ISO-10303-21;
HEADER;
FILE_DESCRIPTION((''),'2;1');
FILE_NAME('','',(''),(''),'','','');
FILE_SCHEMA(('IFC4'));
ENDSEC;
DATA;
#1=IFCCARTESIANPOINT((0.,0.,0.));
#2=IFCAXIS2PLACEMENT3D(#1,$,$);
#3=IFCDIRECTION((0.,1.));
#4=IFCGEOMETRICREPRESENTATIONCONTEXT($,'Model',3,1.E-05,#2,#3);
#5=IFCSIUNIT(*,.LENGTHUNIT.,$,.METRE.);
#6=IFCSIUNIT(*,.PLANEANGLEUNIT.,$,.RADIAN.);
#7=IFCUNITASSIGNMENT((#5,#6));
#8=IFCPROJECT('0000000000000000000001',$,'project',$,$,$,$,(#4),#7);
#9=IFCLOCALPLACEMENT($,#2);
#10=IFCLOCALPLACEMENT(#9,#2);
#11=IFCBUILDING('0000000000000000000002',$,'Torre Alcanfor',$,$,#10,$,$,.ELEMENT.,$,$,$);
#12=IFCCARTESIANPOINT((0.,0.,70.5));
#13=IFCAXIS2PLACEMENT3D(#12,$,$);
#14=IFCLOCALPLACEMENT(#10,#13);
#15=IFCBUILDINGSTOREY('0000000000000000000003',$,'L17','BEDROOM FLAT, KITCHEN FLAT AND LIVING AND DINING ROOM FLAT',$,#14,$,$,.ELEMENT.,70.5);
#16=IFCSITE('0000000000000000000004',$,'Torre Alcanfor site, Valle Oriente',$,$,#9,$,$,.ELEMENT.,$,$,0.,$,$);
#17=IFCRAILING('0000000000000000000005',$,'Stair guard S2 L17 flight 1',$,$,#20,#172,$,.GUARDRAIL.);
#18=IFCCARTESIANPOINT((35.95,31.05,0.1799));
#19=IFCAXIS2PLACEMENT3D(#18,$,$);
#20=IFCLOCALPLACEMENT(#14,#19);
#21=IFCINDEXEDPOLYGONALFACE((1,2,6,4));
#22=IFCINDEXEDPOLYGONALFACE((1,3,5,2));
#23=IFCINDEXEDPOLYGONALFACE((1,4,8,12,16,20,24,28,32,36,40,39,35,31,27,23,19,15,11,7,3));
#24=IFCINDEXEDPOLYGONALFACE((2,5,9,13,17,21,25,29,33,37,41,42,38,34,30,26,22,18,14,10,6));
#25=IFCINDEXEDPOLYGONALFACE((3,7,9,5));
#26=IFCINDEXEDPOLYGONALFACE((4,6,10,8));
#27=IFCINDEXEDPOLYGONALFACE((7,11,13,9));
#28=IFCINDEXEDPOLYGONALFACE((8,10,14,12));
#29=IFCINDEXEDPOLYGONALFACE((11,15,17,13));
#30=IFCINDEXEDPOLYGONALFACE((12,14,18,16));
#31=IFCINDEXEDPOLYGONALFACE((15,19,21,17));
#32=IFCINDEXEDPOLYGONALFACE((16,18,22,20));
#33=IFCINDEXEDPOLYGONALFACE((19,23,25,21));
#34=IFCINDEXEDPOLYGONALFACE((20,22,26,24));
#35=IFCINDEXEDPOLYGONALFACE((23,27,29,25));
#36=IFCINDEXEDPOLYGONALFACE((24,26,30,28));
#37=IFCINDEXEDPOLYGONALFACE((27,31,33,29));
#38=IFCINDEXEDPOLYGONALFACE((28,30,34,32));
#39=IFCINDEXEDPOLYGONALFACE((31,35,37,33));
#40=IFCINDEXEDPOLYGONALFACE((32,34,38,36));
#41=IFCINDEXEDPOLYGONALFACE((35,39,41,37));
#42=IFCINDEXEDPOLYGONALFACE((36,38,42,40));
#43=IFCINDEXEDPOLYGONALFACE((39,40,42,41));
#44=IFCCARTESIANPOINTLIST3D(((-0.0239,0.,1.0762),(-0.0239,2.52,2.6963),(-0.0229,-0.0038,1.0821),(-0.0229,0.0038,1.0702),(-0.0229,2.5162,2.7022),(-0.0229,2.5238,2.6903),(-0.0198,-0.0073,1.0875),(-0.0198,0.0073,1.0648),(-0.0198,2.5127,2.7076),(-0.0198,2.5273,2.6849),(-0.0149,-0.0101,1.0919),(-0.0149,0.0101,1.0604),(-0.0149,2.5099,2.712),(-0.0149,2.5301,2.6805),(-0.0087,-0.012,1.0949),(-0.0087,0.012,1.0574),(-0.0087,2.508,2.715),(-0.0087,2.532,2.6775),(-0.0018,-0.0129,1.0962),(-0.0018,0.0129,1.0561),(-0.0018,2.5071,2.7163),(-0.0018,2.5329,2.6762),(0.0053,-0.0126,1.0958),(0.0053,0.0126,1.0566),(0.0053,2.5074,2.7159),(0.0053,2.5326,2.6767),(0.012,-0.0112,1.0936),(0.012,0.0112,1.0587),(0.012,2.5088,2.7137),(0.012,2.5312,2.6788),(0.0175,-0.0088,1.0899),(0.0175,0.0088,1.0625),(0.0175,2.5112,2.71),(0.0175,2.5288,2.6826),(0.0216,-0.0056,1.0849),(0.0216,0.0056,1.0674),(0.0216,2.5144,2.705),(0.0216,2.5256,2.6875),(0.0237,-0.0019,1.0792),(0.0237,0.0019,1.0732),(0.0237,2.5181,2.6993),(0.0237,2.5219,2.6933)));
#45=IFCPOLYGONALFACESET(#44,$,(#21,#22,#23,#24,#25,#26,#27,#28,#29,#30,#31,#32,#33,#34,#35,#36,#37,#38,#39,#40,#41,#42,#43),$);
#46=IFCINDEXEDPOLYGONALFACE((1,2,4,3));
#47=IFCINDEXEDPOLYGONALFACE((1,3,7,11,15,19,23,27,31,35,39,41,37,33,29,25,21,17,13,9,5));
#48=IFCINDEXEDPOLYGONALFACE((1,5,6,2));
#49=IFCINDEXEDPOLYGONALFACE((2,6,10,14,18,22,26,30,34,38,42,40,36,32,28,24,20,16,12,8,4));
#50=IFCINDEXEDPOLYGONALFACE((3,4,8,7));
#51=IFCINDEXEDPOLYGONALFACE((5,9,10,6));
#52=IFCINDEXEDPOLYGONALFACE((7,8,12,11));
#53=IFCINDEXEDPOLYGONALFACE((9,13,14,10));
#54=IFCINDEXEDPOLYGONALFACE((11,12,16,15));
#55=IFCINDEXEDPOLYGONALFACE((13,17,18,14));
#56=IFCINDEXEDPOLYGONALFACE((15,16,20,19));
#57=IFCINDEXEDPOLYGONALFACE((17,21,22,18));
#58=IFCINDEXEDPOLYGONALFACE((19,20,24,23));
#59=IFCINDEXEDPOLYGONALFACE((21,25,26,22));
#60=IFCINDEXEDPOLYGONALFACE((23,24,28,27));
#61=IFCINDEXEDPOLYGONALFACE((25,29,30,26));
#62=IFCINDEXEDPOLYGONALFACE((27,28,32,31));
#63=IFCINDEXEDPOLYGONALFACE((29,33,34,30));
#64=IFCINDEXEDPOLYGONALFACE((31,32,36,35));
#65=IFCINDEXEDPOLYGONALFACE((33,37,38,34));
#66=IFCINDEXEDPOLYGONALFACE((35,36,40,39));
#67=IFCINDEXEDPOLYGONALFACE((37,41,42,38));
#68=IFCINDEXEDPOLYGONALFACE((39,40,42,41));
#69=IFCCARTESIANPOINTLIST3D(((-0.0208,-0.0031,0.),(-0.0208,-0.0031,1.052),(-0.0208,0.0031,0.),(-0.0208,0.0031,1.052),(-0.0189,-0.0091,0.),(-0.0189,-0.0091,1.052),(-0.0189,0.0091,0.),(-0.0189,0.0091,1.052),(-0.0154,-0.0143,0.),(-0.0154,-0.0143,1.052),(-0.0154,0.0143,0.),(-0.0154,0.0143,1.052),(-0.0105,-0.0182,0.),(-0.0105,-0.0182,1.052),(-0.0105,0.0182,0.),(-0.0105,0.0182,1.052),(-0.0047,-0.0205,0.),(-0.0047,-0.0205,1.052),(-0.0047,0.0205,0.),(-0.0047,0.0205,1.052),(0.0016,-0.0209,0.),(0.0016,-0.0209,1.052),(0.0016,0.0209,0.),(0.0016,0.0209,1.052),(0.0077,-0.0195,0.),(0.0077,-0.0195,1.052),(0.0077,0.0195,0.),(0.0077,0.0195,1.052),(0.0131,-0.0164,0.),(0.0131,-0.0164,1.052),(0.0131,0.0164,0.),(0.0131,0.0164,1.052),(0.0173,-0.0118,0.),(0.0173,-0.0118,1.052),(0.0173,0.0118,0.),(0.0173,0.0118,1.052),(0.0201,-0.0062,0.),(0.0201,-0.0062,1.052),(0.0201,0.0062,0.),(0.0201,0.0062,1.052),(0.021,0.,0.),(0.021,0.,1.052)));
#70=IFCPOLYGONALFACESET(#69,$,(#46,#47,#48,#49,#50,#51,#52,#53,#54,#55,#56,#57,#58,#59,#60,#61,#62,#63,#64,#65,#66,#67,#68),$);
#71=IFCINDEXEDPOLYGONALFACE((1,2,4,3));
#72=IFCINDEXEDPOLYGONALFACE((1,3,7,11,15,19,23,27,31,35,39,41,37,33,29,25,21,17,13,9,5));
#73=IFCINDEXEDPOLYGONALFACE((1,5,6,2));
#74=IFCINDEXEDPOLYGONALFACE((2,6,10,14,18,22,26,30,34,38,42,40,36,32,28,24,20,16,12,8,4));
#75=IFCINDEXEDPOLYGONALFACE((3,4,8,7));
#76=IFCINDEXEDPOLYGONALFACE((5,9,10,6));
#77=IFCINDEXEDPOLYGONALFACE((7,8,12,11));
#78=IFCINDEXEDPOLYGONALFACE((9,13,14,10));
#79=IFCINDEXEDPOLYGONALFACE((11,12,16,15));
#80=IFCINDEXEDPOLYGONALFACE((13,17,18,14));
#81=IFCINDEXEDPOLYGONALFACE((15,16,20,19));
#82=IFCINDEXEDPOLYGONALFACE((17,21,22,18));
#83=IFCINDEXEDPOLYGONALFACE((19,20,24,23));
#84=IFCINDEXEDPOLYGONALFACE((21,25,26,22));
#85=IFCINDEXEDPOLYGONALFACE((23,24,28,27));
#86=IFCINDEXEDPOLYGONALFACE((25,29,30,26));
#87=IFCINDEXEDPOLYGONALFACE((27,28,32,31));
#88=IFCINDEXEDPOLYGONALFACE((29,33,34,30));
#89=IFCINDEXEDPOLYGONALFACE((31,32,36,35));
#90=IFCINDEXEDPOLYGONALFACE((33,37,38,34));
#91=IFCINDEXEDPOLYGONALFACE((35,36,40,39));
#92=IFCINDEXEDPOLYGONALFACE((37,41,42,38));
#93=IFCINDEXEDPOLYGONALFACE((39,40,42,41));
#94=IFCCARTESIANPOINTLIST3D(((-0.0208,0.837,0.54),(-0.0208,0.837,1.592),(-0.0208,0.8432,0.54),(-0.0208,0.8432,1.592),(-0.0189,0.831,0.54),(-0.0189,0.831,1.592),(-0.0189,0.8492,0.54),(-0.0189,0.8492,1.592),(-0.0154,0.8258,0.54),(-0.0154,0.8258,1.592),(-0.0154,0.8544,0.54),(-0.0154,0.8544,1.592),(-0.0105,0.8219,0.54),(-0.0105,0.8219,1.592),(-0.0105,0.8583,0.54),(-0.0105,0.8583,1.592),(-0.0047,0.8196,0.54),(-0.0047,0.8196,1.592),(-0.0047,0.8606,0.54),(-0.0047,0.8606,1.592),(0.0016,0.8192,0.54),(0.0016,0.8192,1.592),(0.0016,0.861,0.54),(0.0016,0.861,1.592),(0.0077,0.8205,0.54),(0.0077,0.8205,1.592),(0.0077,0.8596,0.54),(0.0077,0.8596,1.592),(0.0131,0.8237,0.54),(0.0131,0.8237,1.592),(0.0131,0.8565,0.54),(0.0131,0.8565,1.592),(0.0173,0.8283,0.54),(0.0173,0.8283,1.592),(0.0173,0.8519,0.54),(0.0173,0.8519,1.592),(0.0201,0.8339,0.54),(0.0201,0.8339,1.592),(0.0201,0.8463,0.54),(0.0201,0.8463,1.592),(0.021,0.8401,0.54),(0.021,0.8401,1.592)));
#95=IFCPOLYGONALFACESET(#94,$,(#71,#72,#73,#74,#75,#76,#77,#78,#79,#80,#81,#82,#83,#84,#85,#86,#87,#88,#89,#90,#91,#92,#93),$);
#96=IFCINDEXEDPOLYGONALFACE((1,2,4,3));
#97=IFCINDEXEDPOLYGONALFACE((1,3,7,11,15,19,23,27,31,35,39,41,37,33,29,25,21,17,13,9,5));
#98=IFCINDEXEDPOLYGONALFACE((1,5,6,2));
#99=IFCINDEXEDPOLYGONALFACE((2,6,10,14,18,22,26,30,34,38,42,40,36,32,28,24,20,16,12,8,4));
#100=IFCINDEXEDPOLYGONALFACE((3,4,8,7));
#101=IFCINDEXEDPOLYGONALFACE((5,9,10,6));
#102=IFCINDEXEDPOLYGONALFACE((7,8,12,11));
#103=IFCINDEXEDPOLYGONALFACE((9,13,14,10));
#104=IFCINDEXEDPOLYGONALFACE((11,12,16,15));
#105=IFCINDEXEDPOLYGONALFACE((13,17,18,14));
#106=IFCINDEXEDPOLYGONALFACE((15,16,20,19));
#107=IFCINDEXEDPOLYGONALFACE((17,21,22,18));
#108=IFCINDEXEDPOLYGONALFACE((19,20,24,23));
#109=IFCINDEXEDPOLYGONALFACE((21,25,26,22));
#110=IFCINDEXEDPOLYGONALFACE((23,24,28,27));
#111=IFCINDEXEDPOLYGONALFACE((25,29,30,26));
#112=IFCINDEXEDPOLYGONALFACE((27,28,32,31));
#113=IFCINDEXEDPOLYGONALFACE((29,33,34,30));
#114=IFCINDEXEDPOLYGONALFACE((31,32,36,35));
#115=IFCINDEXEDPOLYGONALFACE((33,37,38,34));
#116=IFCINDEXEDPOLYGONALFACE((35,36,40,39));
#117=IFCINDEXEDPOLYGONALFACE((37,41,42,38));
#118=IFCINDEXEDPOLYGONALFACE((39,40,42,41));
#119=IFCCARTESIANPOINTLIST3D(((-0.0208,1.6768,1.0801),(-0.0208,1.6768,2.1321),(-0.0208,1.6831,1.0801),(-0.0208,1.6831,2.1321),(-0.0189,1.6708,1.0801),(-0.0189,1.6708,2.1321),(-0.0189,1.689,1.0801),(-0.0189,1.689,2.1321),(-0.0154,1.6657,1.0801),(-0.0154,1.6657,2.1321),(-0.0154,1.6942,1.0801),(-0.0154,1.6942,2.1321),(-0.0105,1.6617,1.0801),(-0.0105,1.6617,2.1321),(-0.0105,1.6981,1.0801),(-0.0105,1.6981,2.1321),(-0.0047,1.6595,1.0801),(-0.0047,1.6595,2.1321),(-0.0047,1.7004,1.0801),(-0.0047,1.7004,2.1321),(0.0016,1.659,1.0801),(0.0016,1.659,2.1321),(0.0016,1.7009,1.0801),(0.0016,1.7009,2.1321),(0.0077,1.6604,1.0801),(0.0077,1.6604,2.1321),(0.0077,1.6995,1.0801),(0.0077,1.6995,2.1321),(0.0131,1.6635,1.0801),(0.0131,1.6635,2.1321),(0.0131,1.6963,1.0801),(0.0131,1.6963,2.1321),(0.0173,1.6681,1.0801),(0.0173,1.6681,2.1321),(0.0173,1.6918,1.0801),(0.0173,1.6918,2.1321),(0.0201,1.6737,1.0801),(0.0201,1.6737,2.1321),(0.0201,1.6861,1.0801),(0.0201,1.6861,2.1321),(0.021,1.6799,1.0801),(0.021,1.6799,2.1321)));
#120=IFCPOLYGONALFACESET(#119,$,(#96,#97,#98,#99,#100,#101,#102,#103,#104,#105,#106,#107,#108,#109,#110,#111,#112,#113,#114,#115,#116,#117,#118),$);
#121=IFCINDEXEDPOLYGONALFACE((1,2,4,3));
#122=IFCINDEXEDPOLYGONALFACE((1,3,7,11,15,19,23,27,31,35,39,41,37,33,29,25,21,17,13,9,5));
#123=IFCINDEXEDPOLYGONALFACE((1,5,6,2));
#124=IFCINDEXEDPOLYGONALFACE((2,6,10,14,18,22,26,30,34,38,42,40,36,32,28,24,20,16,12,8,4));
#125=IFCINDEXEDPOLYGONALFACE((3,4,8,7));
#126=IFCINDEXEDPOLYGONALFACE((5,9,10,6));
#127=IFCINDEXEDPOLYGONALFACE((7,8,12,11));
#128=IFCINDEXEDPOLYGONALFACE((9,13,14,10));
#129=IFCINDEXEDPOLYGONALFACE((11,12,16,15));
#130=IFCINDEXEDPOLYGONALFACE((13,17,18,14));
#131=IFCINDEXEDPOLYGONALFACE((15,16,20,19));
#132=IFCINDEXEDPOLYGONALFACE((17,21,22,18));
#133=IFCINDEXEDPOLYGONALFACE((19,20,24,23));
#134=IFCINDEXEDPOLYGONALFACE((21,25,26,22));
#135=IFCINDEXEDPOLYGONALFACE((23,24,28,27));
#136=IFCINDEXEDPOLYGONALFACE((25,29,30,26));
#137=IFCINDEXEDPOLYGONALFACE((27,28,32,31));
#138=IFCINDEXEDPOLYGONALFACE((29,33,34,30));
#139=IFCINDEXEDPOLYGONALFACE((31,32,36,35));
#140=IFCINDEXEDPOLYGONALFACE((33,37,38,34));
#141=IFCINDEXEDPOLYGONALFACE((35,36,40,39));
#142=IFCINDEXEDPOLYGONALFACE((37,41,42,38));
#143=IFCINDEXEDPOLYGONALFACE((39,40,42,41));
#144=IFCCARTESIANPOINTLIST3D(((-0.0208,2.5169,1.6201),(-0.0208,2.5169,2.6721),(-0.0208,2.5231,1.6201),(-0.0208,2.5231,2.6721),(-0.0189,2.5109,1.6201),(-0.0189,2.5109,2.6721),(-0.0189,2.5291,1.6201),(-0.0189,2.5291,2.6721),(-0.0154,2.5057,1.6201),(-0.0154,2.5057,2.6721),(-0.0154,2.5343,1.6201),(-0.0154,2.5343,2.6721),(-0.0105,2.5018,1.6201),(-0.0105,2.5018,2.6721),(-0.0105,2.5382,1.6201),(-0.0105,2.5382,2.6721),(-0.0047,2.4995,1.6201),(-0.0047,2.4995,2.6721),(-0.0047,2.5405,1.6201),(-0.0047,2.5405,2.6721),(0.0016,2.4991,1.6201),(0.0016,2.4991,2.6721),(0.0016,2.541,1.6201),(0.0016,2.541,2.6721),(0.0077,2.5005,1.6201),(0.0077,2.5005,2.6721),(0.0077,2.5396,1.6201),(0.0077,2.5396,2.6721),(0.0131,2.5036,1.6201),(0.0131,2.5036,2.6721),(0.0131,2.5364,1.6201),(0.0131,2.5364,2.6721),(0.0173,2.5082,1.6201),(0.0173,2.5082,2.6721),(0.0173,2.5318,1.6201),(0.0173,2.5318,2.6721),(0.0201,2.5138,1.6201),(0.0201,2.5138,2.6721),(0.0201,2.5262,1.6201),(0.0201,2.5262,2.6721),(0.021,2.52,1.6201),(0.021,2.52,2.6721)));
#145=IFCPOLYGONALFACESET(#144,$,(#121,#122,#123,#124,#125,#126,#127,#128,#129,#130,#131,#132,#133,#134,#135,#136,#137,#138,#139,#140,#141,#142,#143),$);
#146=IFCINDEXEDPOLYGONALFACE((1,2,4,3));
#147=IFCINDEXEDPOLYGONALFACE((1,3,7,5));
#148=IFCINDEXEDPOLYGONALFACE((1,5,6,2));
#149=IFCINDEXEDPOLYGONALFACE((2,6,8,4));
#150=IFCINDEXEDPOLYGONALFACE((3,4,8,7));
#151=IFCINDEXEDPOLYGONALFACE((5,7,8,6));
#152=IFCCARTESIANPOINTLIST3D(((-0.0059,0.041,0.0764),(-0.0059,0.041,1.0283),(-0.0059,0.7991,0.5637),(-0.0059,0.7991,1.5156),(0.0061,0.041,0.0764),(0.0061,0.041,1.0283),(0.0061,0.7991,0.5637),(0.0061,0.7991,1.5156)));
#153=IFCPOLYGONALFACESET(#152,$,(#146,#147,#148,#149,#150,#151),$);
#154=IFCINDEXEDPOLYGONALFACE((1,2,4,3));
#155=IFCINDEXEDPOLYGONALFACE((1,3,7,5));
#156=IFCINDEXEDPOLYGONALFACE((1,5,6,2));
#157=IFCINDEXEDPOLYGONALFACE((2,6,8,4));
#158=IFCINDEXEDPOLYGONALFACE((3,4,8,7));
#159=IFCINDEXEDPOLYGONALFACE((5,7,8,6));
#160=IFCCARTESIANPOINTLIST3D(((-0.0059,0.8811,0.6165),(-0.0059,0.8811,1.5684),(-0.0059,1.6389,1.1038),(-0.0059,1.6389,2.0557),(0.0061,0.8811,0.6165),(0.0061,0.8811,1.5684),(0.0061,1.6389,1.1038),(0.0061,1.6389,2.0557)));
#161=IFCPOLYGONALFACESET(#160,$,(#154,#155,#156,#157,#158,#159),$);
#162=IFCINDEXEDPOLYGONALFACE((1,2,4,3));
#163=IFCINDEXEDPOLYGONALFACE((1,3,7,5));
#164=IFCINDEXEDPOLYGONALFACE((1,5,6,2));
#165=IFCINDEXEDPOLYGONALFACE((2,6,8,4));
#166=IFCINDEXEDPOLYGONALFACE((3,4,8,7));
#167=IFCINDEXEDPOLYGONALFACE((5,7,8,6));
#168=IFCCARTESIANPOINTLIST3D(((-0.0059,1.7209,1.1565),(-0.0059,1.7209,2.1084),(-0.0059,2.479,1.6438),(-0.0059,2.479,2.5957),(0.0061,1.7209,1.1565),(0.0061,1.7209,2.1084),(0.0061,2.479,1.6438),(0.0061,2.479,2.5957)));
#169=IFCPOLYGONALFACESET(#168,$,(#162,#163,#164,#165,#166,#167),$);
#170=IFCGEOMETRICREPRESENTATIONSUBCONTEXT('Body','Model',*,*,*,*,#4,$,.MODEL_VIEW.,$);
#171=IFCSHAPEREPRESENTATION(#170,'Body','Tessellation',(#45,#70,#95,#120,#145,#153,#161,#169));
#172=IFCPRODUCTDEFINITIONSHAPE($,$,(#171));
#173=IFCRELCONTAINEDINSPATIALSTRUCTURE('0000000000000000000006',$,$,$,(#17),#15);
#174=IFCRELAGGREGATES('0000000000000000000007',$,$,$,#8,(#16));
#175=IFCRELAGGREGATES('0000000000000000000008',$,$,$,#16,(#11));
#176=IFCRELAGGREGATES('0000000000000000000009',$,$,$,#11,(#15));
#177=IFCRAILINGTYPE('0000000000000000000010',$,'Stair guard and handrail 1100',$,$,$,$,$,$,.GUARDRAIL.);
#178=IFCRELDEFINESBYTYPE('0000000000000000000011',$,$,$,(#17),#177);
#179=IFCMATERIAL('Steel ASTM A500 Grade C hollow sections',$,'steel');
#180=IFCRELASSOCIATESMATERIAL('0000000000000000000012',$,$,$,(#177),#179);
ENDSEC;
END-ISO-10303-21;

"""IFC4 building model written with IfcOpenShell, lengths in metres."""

from ifc_helpers import new_model, si_unit, direction, frame, origin, origin_2d, place, context, subcontext, project, spatial, polyline, circle, outline, extrude, material, type_object, element, save


model = new_model("IFC4")

# Units and contexts
model_context = context("Model", 3, precision=1e-05, world=origin(), true_north=direction((0.0, 1.0)))
body_context = subcontext(model_context, "Body", "Model", "MODEL_VIEW")
ifc_project = project(units=[si_unit("LENGTHUNIT", "METRE"), si_unit("PLANEANGLEUNIT", "RADIAN")], contexts=[model_context])

# Site, building, storey
site_placement = place(None, origin())
site = spatial("IfcSite", under=ifc_project, at=site_placement, Name="Torre Alcanfor site, Valle Oriente", CompositionType="ELEMENT", RefElevation=0.0)
building_placement = place(site_placement, origin())
building = spatial("IfcBuilding", under=site, at=building_placement, Name="Torre Alcanfor", CompositionType="ELEMENT")
storey_placement = place(building_placement, frame((0.0, 0.0, 70.5)))
storey = spatial("IfcBuildingStorey", under=building, at=storey_placement, Name="L17", Description="BEDROOM FLAT, KITCHEN FLAT AND LIVING AND DINING ROOM FLAT", CompositionType="ELEMENT", Elevation=70.5)

# Railing
ifc_material_1 = material(Name="Steel ASTM A500 Grade C hollow sections", Category="steel")
railing_type_1 = type_object("IfcRailingType", Name="Stair guard and handrail 1100", PredefinedType="GUARDRAIL", material=ifc_material_1)
railing_1_placement = place(storey_placement, frame((35.95, 31.05, 0.1799)))
element("IfcRailing", 1, at=railing_1_placement, inside=storey, type_object=railing_type_1, Name="Stair guard S2 L17 flight 1", PredefinedType="GUARDRAIL", context=body_context, shape_type="SweptSolid", body=[
    extrude(circle(Radius=0.0239, at=origin_2d()), frame((0.0, 0.0, 1.0762), z_axis=(0.0, 0.841163, 0.540782), x_axis=(-1.0, 0.0, 0.0)), (0.0, 0.0, 1.0), 2.9958),
    extrude(circle(Radius=0.021, at=origin_2d()), origin(), (0.0, 0.0, 1.0), 1.052),
    extrude(circle(Radius=0.021, at=origin_2d()), frame((0.0, 0.8401, 0.54)), (0.0, 0.0, 1.0), 1.052),
    extrude(circle(Radius=0.021, at=origin_2d()), frame((0.0, 1.6799, 1.0801)), (0.0, 0.0, 1.0), 1.052),
    extrude(circle(Radius=0.021, at=origin_2d()), frame((0.0, 2.52, 1.6201)), (0.0, 0.0, 1.0), 1.052),
    extrude(outline(polyline([(0.041, 0.0764), (0.7991, 0.5637), (0.7991, 1.5156), (0.041, 1.0283), (0.041, 0.0764)])), frame((-0.0059, 0.0, 0.0), z_axis=(1.0, 0.0, 0.0), x_axis=(0.0, 1.0, 0.0)), (0.0, 0.0, 1.0), 0.012),
    extrude(outline(polyline([(0.8811, 0.6165), (1.6389, 1.1038), (1.6389, 2.0557), (0.8811, 1.5684), (0.8811, 0.6165)])), frame((-0.0059, 0.0, 0.0), z_axis=(1.0, 0.0, 0.0), x_axis=(0.0, 1.0, 0.0)), (0.0, 0.0, 1.0), 0.012),
    extrude(outline(polyline([(1.7209, 1.1565), (2.479, 1.6438), (2.479, 2.5957), (1.7209, 2.1084), (1.7209, 1.1565)])), frame((-0.0059, 0.0, 0.0), z_axis=(1.0, 0.0, 0.0), x_axis=(0.0, 1.0, 0.0)), (0.0, 0.0, 1.0), 0.012),
])

save(model, "model.ifc")
